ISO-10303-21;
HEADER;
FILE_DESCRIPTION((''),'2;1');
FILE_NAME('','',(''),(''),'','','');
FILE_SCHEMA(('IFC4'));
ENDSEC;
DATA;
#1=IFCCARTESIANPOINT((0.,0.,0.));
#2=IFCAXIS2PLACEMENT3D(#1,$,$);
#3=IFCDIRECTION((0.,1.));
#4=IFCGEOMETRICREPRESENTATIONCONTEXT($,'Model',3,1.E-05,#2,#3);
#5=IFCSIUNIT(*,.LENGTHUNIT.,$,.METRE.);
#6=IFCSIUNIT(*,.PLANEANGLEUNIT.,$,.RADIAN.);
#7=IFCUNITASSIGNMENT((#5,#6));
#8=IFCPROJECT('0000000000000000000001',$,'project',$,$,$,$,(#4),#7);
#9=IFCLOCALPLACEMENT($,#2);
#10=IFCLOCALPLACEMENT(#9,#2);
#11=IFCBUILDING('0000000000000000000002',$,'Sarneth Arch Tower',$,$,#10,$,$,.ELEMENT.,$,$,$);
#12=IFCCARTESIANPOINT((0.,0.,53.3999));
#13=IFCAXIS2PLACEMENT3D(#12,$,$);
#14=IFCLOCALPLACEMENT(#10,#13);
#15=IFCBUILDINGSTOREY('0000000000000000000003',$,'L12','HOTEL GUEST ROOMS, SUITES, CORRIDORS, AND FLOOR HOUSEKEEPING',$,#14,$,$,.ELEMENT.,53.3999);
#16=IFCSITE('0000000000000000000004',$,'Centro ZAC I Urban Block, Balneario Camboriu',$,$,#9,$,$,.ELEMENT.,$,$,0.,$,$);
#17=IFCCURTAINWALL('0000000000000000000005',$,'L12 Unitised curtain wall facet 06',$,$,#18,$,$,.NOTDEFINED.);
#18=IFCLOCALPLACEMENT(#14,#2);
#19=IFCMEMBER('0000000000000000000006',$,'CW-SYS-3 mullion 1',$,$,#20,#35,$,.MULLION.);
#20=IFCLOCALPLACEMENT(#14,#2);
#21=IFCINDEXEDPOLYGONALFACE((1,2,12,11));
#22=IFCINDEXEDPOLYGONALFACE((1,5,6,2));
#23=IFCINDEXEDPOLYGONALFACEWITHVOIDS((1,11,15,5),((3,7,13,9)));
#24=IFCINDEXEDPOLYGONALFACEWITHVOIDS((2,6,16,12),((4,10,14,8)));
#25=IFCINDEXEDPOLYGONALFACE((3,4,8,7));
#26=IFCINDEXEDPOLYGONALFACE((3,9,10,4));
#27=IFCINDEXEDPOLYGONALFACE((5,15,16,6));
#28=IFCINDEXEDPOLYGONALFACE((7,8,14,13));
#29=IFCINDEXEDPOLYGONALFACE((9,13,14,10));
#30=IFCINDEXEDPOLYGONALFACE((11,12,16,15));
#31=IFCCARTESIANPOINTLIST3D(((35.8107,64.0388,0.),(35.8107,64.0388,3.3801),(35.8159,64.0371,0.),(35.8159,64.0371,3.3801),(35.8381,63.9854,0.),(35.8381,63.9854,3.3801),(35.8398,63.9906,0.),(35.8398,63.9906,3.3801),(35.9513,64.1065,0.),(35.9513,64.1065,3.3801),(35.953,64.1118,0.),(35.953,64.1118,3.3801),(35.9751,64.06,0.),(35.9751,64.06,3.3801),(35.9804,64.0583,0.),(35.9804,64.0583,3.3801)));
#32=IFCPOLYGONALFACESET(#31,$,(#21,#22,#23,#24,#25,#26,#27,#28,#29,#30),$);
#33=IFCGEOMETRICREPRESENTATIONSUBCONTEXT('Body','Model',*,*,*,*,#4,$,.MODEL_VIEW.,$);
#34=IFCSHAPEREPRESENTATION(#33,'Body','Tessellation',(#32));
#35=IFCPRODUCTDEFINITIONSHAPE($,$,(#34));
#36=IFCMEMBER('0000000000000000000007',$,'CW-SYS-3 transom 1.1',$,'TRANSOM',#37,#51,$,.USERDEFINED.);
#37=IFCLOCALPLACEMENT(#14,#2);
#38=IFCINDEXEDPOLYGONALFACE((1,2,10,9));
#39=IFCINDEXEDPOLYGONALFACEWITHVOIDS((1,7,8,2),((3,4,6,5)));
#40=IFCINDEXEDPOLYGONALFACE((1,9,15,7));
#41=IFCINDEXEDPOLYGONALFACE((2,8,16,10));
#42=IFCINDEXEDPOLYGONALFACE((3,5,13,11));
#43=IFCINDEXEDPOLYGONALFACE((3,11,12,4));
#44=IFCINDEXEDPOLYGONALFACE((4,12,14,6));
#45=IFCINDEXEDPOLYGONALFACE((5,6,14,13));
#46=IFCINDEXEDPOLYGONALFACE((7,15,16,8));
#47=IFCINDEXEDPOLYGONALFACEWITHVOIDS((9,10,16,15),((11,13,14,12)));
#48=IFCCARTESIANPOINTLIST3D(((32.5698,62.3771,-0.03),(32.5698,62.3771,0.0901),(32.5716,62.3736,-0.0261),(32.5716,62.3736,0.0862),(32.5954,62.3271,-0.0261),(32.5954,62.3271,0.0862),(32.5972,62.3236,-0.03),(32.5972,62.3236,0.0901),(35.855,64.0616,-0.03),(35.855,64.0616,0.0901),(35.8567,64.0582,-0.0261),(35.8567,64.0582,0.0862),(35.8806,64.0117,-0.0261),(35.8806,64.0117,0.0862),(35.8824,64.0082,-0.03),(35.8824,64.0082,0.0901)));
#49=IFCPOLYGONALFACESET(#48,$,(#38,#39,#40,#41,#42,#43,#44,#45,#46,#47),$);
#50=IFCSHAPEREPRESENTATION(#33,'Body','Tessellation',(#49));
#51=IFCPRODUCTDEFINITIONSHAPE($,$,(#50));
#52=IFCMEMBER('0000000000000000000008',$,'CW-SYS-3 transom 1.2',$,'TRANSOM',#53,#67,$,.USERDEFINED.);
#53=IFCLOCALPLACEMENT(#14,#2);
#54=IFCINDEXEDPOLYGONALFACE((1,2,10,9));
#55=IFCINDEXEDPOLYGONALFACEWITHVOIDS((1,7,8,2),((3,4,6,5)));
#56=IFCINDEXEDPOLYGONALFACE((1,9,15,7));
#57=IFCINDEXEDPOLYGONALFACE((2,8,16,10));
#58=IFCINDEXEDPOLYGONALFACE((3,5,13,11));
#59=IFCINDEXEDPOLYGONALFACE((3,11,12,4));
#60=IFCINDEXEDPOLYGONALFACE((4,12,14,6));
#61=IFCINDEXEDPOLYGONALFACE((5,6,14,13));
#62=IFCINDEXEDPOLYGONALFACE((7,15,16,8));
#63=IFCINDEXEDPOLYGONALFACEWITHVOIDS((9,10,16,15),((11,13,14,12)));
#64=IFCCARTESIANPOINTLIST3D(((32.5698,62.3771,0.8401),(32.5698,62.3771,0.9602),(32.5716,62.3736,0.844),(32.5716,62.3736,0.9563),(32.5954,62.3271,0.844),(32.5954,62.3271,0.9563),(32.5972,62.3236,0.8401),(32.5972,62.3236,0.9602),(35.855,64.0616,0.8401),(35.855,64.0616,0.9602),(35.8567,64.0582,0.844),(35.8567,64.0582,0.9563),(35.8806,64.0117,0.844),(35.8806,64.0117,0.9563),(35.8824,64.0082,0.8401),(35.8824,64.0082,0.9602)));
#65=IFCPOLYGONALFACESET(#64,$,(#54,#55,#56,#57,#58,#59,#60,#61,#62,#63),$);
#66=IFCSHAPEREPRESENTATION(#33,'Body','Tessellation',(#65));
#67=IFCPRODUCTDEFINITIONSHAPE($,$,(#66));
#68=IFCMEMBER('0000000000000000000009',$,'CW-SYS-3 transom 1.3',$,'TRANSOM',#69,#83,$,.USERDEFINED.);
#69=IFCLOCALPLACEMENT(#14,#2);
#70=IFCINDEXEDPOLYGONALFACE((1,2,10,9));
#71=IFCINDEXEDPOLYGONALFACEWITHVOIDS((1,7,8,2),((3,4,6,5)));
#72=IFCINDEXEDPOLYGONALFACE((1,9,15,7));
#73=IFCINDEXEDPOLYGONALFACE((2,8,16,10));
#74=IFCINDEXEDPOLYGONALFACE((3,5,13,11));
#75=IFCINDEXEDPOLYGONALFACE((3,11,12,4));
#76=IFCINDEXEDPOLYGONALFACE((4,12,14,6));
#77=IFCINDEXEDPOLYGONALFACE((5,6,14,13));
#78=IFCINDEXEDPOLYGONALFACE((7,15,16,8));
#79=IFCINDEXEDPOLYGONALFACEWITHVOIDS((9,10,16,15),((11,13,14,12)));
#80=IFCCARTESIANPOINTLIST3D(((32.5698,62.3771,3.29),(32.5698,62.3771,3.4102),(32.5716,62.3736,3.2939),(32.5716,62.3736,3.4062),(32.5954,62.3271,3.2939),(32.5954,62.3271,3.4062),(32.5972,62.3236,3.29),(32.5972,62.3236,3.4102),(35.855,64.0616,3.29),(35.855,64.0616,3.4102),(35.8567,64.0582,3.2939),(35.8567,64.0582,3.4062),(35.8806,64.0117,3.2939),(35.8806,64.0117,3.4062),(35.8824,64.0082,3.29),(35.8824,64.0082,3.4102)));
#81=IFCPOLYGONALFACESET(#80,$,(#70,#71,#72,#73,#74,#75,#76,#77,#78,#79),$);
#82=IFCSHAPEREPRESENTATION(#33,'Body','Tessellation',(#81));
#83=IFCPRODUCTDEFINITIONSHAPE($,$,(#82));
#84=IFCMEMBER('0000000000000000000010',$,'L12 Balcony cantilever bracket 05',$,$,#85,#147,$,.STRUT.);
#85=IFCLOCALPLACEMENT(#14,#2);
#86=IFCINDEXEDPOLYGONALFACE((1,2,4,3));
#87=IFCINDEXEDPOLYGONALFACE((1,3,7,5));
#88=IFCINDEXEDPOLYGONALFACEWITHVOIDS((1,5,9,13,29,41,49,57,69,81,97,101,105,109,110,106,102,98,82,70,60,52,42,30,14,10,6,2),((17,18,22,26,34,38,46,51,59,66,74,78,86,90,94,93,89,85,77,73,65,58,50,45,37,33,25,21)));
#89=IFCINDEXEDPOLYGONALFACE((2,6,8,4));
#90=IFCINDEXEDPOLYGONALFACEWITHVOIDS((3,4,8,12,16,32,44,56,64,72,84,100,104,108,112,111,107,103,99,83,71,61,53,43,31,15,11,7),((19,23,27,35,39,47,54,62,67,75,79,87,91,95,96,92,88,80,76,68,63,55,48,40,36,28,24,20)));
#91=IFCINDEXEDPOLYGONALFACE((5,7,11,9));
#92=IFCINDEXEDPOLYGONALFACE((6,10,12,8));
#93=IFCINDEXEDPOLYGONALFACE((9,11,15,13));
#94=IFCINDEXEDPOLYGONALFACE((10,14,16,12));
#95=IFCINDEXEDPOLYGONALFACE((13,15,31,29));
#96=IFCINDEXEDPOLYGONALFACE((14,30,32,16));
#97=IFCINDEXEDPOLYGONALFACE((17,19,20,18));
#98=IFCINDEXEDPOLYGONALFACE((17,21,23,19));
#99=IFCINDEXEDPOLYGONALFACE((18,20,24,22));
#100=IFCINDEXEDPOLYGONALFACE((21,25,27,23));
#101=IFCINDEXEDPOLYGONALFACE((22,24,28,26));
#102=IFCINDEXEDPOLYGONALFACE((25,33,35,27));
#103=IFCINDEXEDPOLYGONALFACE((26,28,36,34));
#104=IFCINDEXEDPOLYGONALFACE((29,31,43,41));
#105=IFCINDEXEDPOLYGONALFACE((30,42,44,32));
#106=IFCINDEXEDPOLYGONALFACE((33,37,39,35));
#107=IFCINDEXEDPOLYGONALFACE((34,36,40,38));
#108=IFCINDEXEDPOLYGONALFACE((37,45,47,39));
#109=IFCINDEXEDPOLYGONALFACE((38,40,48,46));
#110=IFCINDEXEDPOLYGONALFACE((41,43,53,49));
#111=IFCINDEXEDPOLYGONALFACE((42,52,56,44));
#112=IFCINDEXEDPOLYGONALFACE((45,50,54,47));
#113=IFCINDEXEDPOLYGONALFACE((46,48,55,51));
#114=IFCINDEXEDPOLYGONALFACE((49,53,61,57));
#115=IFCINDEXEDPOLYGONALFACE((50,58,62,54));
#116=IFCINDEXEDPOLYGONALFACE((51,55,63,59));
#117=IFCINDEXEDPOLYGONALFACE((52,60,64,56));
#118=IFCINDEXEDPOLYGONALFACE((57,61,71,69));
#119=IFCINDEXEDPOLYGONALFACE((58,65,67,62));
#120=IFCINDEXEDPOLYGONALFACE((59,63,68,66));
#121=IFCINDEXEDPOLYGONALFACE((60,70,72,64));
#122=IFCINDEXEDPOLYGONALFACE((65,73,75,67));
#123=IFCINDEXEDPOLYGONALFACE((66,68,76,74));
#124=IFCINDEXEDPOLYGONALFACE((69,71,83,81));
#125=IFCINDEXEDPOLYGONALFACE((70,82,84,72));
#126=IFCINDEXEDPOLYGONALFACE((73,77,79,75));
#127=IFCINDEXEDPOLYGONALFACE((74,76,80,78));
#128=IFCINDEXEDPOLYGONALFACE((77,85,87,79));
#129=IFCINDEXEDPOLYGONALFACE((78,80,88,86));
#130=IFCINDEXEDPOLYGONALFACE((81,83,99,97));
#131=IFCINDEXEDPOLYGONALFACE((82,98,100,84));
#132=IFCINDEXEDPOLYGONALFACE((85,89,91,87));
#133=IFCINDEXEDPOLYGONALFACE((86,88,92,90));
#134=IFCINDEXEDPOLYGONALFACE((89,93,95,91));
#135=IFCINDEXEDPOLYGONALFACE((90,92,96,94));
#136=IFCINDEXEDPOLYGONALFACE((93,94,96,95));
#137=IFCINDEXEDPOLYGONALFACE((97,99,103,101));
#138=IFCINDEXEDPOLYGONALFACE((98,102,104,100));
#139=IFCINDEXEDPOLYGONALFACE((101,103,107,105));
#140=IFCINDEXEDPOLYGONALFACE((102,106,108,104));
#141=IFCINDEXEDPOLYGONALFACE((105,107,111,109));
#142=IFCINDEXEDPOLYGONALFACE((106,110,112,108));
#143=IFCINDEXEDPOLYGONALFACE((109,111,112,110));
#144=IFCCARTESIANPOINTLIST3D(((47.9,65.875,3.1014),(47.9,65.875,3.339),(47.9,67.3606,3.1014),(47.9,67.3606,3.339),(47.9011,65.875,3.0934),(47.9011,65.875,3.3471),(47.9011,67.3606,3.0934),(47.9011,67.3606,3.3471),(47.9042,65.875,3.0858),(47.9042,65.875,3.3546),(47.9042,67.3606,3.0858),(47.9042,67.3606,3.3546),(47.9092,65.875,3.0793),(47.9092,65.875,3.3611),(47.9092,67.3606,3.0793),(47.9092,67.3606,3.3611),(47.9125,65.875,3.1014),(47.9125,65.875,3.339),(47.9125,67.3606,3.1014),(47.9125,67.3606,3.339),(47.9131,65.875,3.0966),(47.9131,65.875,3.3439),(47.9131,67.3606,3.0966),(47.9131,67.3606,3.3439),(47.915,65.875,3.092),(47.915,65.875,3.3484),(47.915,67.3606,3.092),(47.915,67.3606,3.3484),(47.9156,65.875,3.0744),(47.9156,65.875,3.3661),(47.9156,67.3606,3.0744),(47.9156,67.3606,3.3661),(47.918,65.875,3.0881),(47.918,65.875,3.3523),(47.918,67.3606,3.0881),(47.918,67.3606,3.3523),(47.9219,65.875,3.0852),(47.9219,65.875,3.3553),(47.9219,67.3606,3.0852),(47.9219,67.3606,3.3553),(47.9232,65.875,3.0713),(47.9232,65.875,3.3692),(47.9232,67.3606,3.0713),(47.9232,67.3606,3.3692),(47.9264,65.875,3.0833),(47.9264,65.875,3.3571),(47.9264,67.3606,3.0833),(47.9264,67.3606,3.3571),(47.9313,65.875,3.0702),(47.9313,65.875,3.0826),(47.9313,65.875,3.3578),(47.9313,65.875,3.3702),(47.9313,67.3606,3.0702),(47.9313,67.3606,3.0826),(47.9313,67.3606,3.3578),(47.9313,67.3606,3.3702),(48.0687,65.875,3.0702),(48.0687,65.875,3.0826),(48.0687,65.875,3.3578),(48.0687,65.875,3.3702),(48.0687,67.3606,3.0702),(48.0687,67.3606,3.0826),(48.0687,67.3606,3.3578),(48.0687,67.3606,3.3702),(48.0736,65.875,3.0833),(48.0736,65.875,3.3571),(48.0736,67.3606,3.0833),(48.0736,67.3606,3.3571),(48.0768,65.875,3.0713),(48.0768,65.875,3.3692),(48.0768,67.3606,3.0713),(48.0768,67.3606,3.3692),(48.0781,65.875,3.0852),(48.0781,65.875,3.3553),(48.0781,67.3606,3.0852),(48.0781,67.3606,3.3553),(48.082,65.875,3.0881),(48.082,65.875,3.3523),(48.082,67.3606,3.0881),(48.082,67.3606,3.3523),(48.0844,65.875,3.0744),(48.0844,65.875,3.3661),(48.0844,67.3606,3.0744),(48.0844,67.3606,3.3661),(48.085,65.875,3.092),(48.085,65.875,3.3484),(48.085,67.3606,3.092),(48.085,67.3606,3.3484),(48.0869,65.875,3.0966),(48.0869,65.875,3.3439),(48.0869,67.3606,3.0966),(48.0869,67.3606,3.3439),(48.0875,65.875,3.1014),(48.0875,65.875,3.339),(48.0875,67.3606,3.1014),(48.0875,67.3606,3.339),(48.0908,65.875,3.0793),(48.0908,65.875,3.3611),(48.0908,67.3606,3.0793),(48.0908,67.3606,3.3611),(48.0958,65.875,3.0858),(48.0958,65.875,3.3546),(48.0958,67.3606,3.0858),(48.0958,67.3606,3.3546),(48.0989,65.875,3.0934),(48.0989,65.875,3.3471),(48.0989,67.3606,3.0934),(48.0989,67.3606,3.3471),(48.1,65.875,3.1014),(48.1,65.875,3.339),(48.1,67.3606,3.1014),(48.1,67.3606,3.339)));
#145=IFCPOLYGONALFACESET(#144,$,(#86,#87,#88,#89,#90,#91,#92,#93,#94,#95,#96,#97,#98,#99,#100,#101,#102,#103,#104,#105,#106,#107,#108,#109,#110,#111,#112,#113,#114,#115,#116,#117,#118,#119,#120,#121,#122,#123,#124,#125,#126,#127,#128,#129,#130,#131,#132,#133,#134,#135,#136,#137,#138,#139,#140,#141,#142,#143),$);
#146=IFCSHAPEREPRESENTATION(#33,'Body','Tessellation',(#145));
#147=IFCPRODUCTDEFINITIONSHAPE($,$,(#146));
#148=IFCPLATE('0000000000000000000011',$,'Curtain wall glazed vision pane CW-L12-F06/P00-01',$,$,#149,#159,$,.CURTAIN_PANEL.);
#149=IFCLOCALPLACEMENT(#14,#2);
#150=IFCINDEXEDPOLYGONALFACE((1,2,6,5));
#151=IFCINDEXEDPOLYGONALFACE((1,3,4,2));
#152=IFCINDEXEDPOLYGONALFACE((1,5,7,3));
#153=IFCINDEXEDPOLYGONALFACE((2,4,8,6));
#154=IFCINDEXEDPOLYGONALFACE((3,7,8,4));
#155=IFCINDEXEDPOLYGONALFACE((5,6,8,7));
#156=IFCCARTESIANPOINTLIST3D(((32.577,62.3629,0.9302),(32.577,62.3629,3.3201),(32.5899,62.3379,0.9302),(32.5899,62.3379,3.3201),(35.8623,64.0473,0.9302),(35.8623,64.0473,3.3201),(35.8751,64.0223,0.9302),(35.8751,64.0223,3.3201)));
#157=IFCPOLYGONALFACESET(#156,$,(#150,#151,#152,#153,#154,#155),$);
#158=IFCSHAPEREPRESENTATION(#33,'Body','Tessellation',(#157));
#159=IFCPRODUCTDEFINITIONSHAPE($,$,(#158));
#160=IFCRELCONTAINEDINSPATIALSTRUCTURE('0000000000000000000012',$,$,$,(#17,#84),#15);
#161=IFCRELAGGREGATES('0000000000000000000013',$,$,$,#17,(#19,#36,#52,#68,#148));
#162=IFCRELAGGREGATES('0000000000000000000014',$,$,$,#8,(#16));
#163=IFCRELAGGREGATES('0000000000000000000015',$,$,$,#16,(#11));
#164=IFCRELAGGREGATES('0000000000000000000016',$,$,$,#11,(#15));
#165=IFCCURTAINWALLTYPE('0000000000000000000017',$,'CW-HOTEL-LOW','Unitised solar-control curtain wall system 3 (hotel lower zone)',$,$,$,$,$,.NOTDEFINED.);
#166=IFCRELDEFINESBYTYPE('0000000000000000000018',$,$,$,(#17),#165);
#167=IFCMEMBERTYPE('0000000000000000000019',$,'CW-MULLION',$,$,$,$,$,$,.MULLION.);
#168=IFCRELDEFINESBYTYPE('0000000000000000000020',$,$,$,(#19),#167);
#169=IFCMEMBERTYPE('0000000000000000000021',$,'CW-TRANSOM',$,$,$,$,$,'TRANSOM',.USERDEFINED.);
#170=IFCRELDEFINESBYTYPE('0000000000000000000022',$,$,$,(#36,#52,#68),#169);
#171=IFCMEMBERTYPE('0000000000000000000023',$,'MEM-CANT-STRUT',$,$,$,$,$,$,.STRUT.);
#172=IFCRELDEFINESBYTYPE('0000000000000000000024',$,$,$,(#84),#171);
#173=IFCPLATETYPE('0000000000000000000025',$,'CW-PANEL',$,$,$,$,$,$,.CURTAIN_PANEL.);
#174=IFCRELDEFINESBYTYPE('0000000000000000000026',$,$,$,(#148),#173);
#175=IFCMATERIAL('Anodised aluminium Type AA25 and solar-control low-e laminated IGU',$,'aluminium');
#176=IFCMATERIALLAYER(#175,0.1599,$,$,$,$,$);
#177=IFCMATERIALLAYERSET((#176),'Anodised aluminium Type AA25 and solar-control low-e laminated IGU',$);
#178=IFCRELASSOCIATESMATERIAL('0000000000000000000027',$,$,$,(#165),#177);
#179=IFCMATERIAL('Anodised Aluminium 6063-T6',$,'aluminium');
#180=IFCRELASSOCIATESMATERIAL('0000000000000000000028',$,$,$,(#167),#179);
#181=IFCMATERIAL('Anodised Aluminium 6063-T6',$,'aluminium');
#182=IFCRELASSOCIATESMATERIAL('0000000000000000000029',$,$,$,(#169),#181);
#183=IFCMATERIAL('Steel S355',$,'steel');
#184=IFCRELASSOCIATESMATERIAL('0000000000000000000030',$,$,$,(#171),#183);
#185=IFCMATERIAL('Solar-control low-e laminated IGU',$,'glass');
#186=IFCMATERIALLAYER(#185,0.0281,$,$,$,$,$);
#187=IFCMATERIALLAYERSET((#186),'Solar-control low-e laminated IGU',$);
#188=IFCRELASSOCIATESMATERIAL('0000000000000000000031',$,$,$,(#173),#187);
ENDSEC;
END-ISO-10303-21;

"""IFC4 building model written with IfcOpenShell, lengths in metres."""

from ifc_helpers import new_model, si_unit, direction, frame, origin, origin_2d, place, context, subcontext, project, spatial, rectangle, hollow_rectangle, extrude, material, layer, layer_set, material_profile, profile_set, type_object, element, aggregate, save


model = new_model("IFC4")

# Units and contexts
model_context = context("Model", 3, precision=1e-05, world=origin(), true_north=direction((0.0, 1.0)))
body_context = subcontext(model_context, "Body", "Model", "MODEL_VIEW")
ifc_project = project(units=[si_unit("LENGTHUNIT", "METRE"), si_unit("PLANEANGLEUNIT", "RADIAN")], contexts=[model_context])

# Site, building, storey
site_placement = place(None, origin())
site = spatial("IfcSite", under=ifc_project, at=site_placement, Name="Centro ZAC I Urban Block, Balneario Camboriu", CompositionType="ELEMENT", RefElevation=0.0)
building_placement = place(site_placement, origin())
building = spatial("IfcBuilding", under=site, at=building_placement, Name="Sarneth Arch Tower", CompositionType="ELEMENT")
storey_placement = place(building_placement, frame((0.0, 0.0, 53.3999)))
storey = spatial("IfcBuildingStorey", under=building, at=storey_placement, Name="L12", Description="HOTEL GUEST ROOMS, SUITES, CORRIDORS, AND FLOOR HOUSEKEEPING", CompositionType="ELEMENT", Elevation=53.3999)

# Curtain wall, members
ifc_material_1 = material(Name="Anodised aluminium Type AA25 and solar-control low-e laminated IGU", Category="aluminium")
ifc_layer_1 = layer(ifc_material_1, 0.1599)
ifc_layer_set_1 = layer_set([ifc_layer_1], Name="Anodised aluminium Type AA25 and solar-control low-e laminated IGU")
curtain_wall_type = type_object("IfcCurtainWallType", Name="CW-HOTEL-LOW", Description="Unitised solar-control curtain wall system 3 (hotel lower zone)", PredefinedType="NOTDEFINED", material=ifc_layer_set_1)
curtain_wall_placement = place(storey_placement, origin())
curtain_wall = element("IfcCurtainWall", 1, at=curtain_wall_placement, inside=storey, type_object=curtain_wall_type, Name="L12 Unitised curtain wall facet 06", PredefinedType="NOTDEFINED")
ifc_material_2 = material(Name="Anodised Aluminium 6063-T6", Category="aluminium")
ifc_material_profile_1 = material_profile(ifc_material_2, hollow_rectangle(XDim=0.0601, YDim=0.1599, WallThickness=0.0039, at=origin_2d()), Name="AL-MULL-160x60x4")
ifc_profile_set_1 = profile_set([ifc_material_profile_1], Name="Anodised Aluminium 6063-T6")
member_type_1 = type_object("IfcMemberType", Name="CW-MULLION", PredefinedType="MULLION", material=ifc_profile_set_1)
member_1_placement = place(storey_placement, frame((35.8955, 64.0486, 0.0), z_axis=(0.0, 0.0, 1.0), x_axis=(0.456245, -0.889854, 0.0)))
member_1 = element("IfcMember", 2, at=member_1_placement, type_object=member_type_1, Name="CW-SYS-3 mullion 1", PredefinedType="MULLION", context=body_context, shape_type="SweptSolid", body=[
    extrude(hollow_rectangle(XDim=0.0601, YDim=0.1599, WallThickness=0.0039, at=origin_2d()), origin(), (0.0, 0.0, 1.0), 3.3801),
])
ifc_material_3 = material(Name="Anodised Aluminium 6063-T6", Category="aluminium")
ifc_material_profile_2 = material_profile(ifc_material_3, hollow_rectangle(XDim=0.0601, YDim=0.1201, WallThickness=0.0039, at=origin_2d()), Name="AL-TRAN-120x60x4")
ifc_profile_set_2 = profile_set([ifc_material_profile_2], Name="Anodised Aluminium 6063-T6")
member_type_2 = type_object("IfcMemberType", Name="CW-TRANSOM", ElementType="TRANSOM", PredefinedType="USERDEFINED", material=ifc_profile_set_2)
member_2_placement = place(storey_placement, frame((35.8687, 64.0349, 0.03), z_axis=(-0.889831, -0.45629, 0.0), x_axis=(0.45629, -0.889831, 0.0)))
member_2 = element("IfcMember", 3, at=member_2_placement, type_object=member_type_2, Name="CW-SYS-3 transom 1.1", ObjectType="TRANSOM", PredefinedType="USERDEFINED", context=body_context, shape_type="SweptSolid", body=[
    extrude(hollow_rectangle(XDim=0.0601, YDim=0.1201, WallThickness=0.0039, at=origin_2d()), origin(), (0.0, 0.0, 1.0), 3.6919),
])
member_3_placement = place(storey_placement, frame((35.8687, 64.0349, 0.9001), z_axis=(-0.889831, -0.45629, 0.0), x_axis=(0.45629, -0.889831, 0.0)))
member_3 = element("IfcMember", 4, at=member_3_placement, type_object=member_type_2, Name="CW-SYS-3 transom 1.2", ObjectType="TRANSOM", PredefinedType="USERDEFINED", context=body_context, shape_type="SweptSolid", body=[
    extrude(hollow_rectangle(XDim=0.0601, YDim=0.1201, WallThickness=0.0039, at=origin_2d()), origin(), (0.0, 0.0, 1.0), 3.6919),
])
member_4_placement = place(storey_placement, frame((35.8687, 64.0349, 3.3501), z_axis=(-0.889831, -0.45629, 0.0), x_axis=(0.45629, -0.889831, 0.0)))
member_4 = element("IfcMember", 5, at=member_4_placement, type_object=member_type_2, Name="CW-SYS-3 transom 1.3", ObjectType="TRANSOM", PredefinedType="USERDEFINED", context=body_context, shape_type="SweptSolid", body=[
    extrude(hollow_rectangle(XDim=0.0601, YDim=0.1201, WallThickness=0.0039, at=origin_2d()), origin(), (0.0, 0.0, 1.0), 3.6919),
])

# Member
ifc_material_4 = material(Name="Steel S355", Category="steel")
ifc_material_profile_3 = material_profile(ifc_material_4, hollow_rectangle(XDim=0.2, YDim=0.3, WallThickness=0.0125, InnerFilletRadius=0.0188, OuterFilletRadius=0.0312, at=origin_2d()), Name="RHS300x200x12.5")
ifc_profile_set_3 = profile_set([ifc_material_profile_3], Name="Steel S355")
member_type_3 = type_object("IfcMemberType", Name="MEM-CANT-STRUT", PredefinedType="STRUT", material=ifc_profile_set_3)
member_5_placement = place(storey_placement, frame((48.0, 65.875, 3.2202), z_axis=(0.0, 1.0, 0.0), x_axis=(-1.0, 0.0, 0.0)))
element("IfcMember", 6, at=member_5_placement, inside=storey, type_object=member_type_3, Name="L12 Balcony cantilever bracket 05", PredefinedType="STRUT", context=body_context, shape_type="SweptSolid", body=[
    extrude(hollow_rectangle(XDim=0.2, YDim=0.3, WallThickness=0.0125, InnerFilletRadius=0.0188, OuterFilletRadius=0.0312, at=origin_2d()), origin(), (0.0, 0.0, 1.0), 1.4856),
])

# Plate
ifc_material_5 = material(Name="Solar-control low-e laminated IGU", Category="glass")
ifc_layer_2 = layer(ifc_material_5, 0.0281)
ifc_layer_set_2 = layer_set([ifc_layer_2], Name="Solar-control low-e laminated IGU")
plate_type = type_object("IfcPlateType", Name="CW-PANEL", PredefinedType="CURTAIN_PANEL", material=ifc_layer_set_2)
plate_placement = place(storey_placement, frame((34.2261, 63.1926, 0.9302), z_axis=(0.0, 0.0, 1.0), x_axis=(-0.889854, -0.456245, 0.0)))
plate = element("IfcPlate", 7, at=plate_placement, type_object=plate_type, Name="Curtain wall glazed vision pane CW-L12-F06/P00-01", PredefinedType="CURTAIN_PANEL", context=body_context, shape_type="SweptSolid", body=[
    extrude(rectangle(XDim=3.6919, YDim=0.0281, at=origin_2d()), origin(), (0.0, 0.0, 1.0), 2.3899),
])
aggregate(curtain_wall, [member_1, member_2, member_3, member_4, plate])

save(model, "model.ifc")
